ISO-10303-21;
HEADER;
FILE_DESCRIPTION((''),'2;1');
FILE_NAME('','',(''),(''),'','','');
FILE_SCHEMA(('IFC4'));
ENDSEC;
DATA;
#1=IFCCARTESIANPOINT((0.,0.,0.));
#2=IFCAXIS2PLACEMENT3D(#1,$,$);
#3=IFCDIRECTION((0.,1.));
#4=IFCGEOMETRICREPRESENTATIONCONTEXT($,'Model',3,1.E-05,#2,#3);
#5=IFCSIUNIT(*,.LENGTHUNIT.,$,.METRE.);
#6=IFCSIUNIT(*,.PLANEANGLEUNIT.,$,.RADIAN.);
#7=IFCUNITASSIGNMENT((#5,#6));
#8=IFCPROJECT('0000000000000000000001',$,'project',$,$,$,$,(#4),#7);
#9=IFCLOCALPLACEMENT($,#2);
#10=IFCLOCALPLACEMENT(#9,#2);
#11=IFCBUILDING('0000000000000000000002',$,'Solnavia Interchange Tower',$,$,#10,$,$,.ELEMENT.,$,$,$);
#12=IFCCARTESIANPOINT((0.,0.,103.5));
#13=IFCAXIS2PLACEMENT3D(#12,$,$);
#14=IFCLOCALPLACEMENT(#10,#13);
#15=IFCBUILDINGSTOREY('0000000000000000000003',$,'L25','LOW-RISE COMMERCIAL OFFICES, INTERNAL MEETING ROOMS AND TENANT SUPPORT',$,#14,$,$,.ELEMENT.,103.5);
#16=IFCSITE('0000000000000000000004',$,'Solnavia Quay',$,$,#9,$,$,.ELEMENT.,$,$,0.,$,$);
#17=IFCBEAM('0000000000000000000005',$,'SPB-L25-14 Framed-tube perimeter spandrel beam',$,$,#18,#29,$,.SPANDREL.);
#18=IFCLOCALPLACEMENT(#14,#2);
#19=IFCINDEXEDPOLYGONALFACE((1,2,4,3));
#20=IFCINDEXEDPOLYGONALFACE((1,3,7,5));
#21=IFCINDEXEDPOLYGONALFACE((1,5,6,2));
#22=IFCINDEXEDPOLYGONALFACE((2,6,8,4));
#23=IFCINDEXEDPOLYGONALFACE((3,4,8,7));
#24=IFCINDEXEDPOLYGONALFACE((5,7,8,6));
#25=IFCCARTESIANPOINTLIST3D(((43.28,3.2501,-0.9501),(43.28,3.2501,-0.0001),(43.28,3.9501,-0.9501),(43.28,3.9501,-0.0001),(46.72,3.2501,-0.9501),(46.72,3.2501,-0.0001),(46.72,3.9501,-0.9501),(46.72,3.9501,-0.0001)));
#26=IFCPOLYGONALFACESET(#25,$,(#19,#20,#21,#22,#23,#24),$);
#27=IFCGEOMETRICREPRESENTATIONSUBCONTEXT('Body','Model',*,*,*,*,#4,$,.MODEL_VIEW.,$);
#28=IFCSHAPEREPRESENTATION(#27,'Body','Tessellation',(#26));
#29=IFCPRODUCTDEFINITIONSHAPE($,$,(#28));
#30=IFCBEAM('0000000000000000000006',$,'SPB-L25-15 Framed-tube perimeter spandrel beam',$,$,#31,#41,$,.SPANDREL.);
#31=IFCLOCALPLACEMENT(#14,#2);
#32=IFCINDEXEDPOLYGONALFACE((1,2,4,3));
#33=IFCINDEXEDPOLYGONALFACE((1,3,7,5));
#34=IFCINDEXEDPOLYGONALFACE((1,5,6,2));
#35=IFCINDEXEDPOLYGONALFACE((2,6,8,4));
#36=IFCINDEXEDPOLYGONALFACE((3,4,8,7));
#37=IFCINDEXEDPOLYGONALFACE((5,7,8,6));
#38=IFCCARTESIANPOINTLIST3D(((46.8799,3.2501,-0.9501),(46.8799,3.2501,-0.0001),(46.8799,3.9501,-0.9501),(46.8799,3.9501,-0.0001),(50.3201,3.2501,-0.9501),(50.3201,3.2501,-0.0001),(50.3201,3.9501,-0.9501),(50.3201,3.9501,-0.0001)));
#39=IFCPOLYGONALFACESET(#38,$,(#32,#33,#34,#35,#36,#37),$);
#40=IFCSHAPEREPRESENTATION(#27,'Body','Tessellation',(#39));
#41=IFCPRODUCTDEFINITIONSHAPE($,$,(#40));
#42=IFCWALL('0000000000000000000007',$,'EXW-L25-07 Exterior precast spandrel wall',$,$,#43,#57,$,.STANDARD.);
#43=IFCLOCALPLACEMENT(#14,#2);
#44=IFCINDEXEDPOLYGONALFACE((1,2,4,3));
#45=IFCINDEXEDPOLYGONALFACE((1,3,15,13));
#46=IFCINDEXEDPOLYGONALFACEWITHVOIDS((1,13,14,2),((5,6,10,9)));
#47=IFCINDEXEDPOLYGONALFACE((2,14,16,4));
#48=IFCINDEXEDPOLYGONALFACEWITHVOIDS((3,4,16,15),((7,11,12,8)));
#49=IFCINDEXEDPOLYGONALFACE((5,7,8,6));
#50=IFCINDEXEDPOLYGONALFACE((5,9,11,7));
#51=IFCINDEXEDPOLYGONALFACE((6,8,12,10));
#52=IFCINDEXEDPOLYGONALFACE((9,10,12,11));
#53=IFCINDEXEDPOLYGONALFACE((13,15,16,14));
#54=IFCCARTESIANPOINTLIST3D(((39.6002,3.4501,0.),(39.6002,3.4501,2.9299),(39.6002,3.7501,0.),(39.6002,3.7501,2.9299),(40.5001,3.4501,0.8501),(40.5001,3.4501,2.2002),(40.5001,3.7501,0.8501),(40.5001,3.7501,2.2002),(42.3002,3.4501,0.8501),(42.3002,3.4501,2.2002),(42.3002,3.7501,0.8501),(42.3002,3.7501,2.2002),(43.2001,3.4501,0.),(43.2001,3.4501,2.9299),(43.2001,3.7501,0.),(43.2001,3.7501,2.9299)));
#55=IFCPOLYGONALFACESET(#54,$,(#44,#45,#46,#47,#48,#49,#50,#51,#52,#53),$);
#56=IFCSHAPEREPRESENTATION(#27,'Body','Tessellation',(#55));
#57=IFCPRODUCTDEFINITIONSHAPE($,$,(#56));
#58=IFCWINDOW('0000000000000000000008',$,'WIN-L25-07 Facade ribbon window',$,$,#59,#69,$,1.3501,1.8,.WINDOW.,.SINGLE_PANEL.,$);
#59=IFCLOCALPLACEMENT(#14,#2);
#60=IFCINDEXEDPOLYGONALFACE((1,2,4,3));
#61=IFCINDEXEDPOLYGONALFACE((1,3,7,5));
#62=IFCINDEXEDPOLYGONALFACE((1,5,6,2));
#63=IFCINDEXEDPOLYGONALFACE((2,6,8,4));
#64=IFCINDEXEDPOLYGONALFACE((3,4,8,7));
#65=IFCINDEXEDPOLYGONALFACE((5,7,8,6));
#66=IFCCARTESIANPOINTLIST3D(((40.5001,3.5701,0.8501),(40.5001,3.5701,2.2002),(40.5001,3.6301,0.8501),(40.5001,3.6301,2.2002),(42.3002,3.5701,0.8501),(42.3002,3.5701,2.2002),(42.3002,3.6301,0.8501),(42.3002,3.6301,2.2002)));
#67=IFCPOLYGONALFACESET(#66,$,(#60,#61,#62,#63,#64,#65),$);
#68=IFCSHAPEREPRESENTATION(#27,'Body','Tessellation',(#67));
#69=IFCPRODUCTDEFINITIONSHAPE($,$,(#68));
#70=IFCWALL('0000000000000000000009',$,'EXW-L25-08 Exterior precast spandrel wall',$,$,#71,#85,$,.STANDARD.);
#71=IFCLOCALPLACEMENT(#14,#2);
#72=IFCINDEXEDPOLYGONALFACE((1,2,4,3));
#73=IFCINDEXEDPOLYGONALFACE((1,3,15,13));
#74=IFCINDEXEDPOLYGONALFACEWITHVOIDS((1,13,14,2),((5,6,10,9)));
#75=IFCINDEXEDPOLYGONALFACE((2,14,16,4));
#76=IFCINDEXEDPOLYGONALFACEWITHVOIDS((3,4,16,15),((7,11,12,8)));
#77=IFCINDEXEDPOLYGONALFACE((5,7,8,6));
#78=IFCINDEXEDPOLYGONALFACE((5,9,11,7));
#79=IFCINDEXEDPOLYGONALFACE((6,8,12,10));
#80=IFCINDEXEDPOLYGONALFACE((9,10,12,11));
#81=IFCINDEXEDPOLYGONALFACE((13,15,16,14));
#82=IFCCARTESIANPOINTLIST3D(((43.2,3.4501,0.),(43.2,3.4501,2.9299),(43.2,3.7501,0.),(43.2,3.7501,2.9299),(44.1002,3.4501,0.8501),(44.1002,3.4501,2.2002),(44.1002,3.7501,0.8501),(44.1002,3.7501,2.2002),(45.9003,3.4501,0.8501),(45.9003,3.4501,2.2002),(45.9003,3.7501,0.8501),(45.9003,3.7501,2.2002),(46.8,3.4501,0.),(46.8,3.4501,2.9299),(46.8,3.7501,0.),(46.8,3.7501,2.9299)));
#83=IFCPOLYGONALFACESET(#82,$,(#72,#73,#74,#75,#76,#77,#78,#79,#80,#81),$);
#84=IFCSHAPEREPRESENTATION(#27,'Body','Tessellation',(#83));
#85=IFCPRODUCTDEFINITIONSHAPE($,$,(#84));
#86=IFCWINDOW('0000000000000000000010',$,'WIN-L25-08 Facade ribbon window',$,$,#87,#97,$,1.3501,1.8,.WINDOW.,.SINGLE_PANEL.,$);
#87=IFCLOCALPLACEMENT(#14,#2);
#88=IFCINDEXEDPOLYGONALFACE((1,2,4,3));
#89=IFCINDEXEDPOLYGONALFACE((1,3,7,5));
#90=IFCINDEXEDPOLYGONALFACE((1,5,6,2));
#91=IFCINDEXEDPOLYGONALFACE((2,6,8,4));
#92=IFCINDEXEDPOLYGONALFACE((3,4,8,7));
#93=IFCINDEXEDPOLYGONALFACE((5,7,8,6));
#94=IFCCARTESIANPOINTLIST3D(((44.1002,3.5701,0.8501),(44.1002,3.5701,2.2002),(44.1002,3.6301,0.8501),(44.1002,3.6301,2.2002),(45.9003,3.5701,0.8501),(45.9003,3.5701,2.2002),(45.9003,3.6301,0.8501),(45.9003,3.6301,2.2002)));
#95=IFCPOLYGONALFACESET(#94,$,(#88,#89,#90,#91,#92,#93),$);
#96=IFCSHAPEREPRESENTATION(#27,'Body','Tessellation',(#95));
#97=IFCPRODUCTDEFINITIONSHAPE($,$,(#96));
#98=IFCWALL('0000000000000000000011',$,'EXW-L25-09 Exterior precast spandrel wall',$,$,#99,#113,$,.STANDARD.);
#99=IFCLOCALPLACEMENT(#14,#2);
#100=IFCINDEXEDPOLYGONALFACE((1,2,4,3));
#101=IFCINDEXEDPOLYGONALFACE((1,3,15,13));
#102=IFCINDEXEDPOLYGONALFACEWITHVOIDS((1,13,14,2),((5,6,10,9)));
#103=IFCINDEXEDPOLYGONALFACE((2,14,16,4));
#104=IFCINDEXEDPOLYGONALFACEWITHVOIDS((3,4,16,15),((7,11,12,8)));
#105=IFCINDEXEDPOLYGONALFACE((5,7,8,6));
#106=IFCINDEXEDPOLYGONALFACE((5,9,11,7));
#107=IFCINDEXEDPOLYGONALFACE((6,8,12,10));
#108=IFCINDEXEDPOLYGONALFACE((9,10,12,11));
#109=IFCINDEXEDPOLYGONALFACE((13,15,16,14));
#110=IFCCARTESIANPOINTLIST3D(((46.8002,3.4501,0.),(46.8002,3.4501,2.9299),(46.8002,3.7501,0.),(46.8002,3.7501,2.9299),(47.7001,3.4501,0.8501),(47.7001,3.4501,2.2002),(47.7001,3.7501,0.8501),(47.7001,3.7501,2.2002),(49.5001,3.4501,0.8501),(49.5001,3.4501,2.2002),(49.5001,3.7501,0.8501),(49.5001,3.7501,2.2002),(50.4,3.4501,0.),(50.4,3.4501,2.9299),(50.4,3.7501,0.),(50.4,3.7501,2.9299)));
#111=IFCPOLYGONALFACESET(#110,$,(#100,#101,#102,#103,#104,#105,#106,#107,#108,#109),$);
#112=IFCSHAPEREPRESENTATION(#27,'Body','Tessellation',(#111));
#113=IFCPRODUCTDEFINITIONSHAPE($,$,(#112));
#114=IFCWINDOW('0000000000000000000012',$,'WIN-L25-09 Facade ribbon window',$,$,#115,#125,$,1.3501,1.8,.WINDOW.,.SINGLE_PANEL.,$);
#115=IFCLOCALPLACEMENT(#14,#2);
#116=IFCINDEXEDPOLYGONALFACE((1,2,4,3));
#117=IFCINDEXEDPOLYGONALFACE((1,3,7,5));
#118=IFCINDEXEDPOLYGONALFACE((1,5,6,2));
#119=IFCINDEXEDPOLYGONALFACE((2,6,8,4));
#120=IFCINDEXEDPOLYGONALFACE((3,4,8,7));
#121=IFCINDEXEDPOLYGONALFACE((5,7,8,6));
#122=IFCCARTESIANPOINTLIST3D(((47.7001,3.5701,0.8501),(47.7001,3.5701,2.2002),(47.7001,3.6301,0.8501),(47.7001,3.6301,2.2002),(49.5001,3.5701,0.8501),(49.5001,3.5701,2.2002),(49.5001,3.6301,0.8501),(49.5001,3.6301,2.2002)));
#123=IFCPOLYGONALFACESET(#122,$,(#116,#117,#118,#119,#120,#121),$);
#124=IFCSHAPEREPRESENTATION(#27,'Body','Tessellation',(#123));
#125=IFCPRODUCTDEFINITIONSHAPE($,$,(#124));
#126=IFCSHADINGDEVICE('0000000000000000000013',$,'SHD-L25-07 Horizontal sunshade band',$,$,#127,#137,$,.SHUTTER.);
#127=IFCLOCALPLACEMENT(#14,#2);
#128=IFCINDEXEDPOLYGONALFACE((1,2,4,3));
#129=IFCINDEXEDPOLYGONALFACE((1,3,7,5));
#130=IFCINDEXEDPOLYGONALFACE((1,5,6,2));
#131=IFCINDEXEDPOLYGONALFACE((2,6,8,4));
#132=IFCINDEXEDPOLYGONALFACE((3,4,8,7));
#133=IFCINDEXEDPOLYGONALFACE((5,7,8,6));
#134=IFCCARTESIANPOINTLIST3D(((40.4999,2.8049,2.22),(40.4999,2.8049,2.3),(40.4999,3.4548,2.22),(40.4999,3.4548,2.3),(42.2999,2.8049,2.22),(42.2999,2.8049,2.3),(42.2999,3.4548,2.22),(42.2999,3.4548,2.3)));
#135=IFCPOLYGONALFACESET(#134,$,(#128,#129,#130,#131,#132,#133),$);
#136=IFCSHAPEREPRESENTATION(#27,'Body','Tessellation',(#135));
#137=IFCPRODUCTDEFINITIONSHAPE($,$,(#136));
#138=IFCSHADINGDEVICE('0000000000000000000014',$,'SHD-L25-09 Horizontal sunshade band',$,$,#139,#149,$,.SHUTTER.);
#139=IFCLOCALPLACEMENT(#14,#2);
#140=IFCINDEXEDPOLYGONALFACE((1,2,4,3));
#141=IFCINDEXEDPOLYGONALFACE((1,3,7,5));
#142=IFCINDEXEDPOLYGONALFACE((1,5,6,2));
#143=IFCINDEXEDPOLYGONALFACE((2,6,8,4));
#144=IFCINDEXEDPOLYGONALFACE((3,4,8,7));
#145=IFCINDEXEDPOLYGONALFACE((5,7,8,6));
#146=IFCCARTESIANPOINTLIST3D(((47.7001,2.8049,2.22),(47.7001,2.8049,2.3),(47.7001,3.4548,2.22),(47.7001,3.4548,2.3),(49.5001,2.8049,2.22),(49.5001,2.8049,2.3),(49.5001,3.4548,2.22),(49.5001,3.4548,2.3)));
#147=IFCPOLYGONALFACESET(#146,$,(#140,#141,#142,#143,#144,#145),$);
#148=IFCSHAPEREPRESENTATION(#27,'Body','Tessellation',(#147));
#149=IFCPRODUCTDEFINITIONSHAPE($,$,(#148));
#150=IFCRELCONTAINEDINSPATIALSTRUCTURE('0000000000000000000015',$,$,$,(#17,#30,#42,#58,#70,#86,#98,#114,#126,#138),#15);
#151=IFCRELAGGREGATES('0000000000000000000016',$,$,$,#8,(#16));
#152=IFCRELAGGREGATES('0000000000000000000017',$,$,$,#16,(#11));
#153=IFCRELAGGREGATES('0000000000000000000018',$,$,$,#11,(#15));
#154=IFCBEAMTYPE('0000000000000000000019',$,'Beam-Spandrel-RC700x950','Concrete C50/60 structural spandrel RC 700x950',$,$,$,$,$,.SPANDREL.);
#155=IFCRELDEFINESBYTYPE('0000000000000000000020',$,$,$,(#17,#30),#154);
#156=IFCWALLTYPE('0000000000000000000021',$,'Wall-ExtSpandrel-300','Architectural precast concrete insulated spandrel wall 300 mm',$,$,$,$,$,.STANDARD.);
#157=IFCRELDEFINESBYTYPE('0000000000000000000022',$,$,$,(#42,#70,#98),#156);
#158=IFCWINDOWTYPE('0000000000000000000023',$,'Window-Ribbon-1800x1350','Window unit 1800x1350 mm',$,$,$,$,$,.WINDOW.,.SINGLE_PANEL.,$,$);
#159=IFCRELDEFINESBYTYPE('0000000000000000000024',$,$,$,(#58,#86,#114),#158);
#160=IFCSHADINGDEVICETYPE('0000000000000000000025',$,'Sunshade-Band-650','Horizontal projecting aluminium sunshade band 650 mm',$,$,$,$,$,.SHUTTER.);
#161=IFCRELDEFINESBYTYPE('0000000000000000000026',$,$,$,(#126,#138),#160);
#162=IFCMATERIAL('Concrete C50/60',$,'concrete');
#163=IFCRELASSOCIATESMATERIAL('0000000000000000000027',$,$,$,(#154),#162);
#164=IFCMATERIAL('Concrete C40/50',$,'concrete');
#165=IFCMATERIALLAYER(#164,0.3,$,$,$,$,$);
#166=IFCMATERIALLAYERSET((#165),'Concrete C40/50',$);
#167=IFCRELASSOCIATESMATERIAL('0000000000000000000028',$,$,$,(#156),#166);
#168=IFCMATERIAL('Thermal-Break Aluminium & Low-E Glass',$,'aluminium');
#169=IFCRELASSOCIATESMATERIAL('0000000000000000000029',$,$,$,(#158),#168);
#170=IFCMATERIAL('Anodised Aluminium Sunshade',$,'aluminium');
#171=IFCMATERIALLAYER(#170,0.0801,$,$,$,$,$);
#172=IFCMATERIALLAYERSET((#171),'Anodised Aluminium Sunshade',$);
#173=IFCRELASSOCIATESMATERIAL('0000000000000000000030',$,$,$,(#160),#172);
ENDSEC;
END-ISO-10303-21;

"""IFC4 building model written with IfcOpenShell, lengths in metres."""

from ifc_helpers import new_model, si_unit, direction, frame, frame_2d, origin, origin_2d, place, context, subcontext, project, spatial, rectangle, extrude, material, layer, layer_set, material_profile, profile_set, type_object, element, fill, save


model = new_model("IFC4")

# Units and contexts
model_context = context("Model", 3, precision=1e-05, world=origin(), true_north=direction((0.0, 1.0)))
body_context = subcontext(model_context, "Body", "Model", "MODEL_VIEW")
ifc_project = project(units=[si_unit("LENGTHUNIT", "METRE"), si_unit("PLANEANGLEUNIT", "RADIAN")], contexts=[model_context])

# Site, building, storey
site_placement = place(None, origin())
site = spatial("IfcSite", under=ifc_project, at=site_placement, Name="Solnavia Quay", CompositionType="ELEMENT", RefElevation=0.0)
building_placement = place(site_placement, origin())
building = spatial("IfcBuilding", under=site, at=building_placement, Name="Solnavia Interchange Tower", CompositionType="ELEMENT")
storey_placement = place(building_placement, frame((0.0, 0.0, 103.5)))
storey = spatial("IfcBuildingStorey", under=building, at=storey_placement, Name="L25", Description="LOW-RISE COMMERCIAL OFFICES, INTERNAL MEETING ROOMS AND TENANT SUPPORT", CompositionType="ELEMENT", Elevation=103.5)

# Shared definitions
ifc_material_1 = material(Name="Concrete C50/60", Category="concrete")

# Beams
ifc_material_profile_1 = material_profile(ifc_material_1, rectangle(XDim=0.7, YDim=0.95, at=origin_2d()), Name="RC 700x950")
ifc_profile_set_1 = profile_set([ifc_material_profile_1], Name="Concrete C50/60")
beam_type_1 = type_object("IfcBeamType", Name="Beam-Spandrel-RC700x950", Description="Concrete C50/60 structural spandrel RC 700x950", PredefinedType="SPANDREL", material=ifc_profile_set_1)
beam_1_placement = place(storey_placement, frame((43.28, 3.6001, -0.4751), z_axis=(1.0, 0.0, 0.0), x_axis=(0.0, 1.0, 0.0)))
element("IfcBeam", 1, at=beam_1_placement, inside=storey, type_object=beam_type_1, Name="SPB-L25-14 Framed-tube perimeter spandrel beam", PredefinedType="SPANDREL", context=body_context, shape_type="SweptSolid", body=[
    extrude(rectangle(XDim=0.7, YDim=0.95, at=origin_2d()), origin(), (0.0, 0.0, 1.0), 3.4399),
])
beam_2_placement = place(storey_placement, frame((46.8799, 3.6001, -0.4751), z_axis=(1.0, 0.0, 0.0), x_axis=(0.0, 1.0, 0.0)))
element("IfcBeam", 2, at=beam_2_placement, inside=storey, type_object=beam_type_1, Name="SPB-L25-15 Framed-tube perimeter spandrel beam", PredefinedType="SPANDREL", context=body_context, shape_type="SweptSolid", body=[
    extrude(rectangle(XDim=0.7, YDim=0.95, at=origin_2d()), origin(), (0.0, 0.0, 1.0), 3.4402),
])

# Walls, openings, windows
ifc_material_2 = material(Name="Concrete C40/50", Category="concrete")
ifc_layer_1 = layer(ifc_material_2, 0.3)
ifc_layer_set_1 = layer_set([ifc_layer_1], Name="Concrete C40/50")
wall_type = type_object("IfcWallType", Name="Wall-ExtSpandrel-300", Description="Architectural precast concrete insulated spandrel wall 300 mm", PredefinedType="STANDARD", material=ifc_layer_set_1)
wall_1_placement = place(storey_placement, frame((43.2, 3.6001, 0.0), z_axis=(0.0, 0.0, 1.0), x_axis=(-1.0, 0.0, 0.0)))
wall_1 = element("IfcWall", 3, at=wall_1_placement, inside=storey, type_object=wall_type, Name="EXW-L25-07 Exterior precast spandrel wall", PredefinedType="STANDARD", context=body_context, shape_type="SweptSolid", body=[
    extrude(rectangle(XDim=3.5999, YDim=0.3, at=frame_2d((1.7998, 0.0))), origin(), (0.0, 0.0, 1.0), 2.9299),
])
opening_1_placement = place(wall_1_placement, frame((0.8999, 0.0, 0.8501)))
opening_1 = element("IfcOpeningElement", 4, at=opening_1_placement, cuts=wall_1, PredefinedType="OPENING", context=body_context, shape_type="SweptSolid", body=[
    extrude(rectangle(XDim=1.8, YDim=1.3501, at=frame_2d((0.8999, 0.675))), frame((0.0, 0.1602, 0.0), z_axis=(0.0, -1.0, 0.0), x_axis=(1.0, 0.0, 0.0)), (0.0, 0.0, 1.0), 0.3201),
])
ifc_material_3 = material(Name="Thermal-Break Aluminium & Low-E Glass", Category="aluminium")
window_type = type_object("IfcWindowType", Name="Window-Ribbon-1800x1350", Description="Window unit 1800x1350 mm", PartitioningType="SINGLE_PANEL", PredefinedType="WINDOW", material=ifc_material_3)
window_1_placement = place(opening_1_placement, origin())
window_1 = element("IfcWindow", 5, at=window_1_placement, inside=storey, type_object=window_type, Name="WIN-L25-07 Facade ribbon window", OverallHeight=1.3501, OverallWidth=1.8, PartitioningType="SINGLE_PANEL", PredefinedType="WINDOW", context=body_context, shape_type="SweptSolid", body=[
    extrude(rectangle(XDim=1.8, YDim=1.3501, at=frame_2d((0.8999, 0.675))), frame((0.0, 0.03, 0.0), z_axis=(0.0, -1.0, 0.0), x_axis=(1.0, 0.0, 0.0)), (0.0, 0.0, 1.0), 0.0601),
])
fill(opening_1, window_1)
wall_2_placement = place(storey_placement, frame((46.8, 3.6001, 0.0), z_axis=(0.0, 0.0, 1.0), x_axis=(-1.0, 0.0, 0.0)))
wall_2 = element("IfcWall", 6, at=wall_2_placement, inside=storey, type_object=wall_type, Name="EXW-L25-08 Exterior precast spandrel wall", PredefinedType="STANDARD", context=body_context, shape_type="SweptSolid", body=[
    extrude(rectangle(XDim=3.6001, YDim=0.3, at=frame_2d((1.8, 0.0))), origin(), (0.0, 0.0, 1.0), 2.9299),
])
opening_2_placement = place(wall_2_placement, frame((0.8999, 0.0, 0.8501)))
opening_2 = element("IfcOpeningElement", 7, at=opening_2_placement, cuts=wall_2, PredefinedType="OPENING", context=body_context, shape_type="SweptSolid", body=[
    extrude(rectangle(XDim=1.8, YDim=1.3501, at=frame_2d((0.8999, 0.675))), frame((0.0, 0.1602, 0.0), z_axis=(0.0, -1.0, 0.0), x_axis=(1.0, 0.0, 0.0)), (0.0, 0.0, 1.0), 0.3201),
])
window_2_placement = place(opening_2_placement, origin())
window_2 = element("IfcWindow", 8, at=window_2_placement, inside=storey, type_object=window_type, Name="WIN-L25-08 Facade ribbon window", OverallHeight=1.3501, OverallWidth=1.8, PartitioningType="SINGLE_PANEL", PredefinedType="WINDOW", context=body_context, shape_type="SweptSolid", body=[
    extrude(rectangle(XDim=1.8, YDim=1.3501, at=frame_2d((0.8999, 0.675))), frame((0.0, 0.03, 0.0), z_axis=(0.0, -1.0, 0.0), x_axis=(1.0, 0.0, 0.0)), (0.0, 0.0, 1.0), 0.0601),
])
fill(opening_2, window_2)
wall_3_placement = place(storey_placement, frame((50.3999, 3.6001, 0.0), z_axis=(0.0, 0.0, 1.0), x_axis=(-1.0, 0.0, 0.0)))
wall_3 = element("IfcWall", 9, at=wall_3_placement, inside=storey, type_object=wall_type, Name="EXW-L25-09 Exterior precast spandrel wall", PredefinedType="STANDARD", context=body_context, shape_type="SweptSolid", body=[
    extrude(rectangle(XDim=3.5999, YDim=0.3, at=frame_2d((1.7998, 0.0))), origin(), (0.0, 0.0, 1.0), 2.9299),
])
opening_3_placement = place(wall_3_placement, frame((0.8999, 0.0, 0.8501)))
opening_3 = element("IfcOpeningElement", 10, at=opening_3_placement, cuts=wall_3, PredefinedType="OPENING", context=body_context, shape_type="SweptSolid", body=[
    extrude(rectangle(XDim=1.8, YDim=1.3501, at=frame_2d((0.8999, 0.675))), frame((0.0, 0.1602, 0.0), z_axis=(0.0, -1.0, 0.0), x_axis=(1.0, 0.0, 0.0)), (0.0, 0.0, 1.0), 0.3201),
])
window_3_placement = place(opening_3_placement, origin())
window_3 = element("IfcWindow", 11, at=window_3_placement, inside=storey, type_object=window_type, Name="WIN-L25-09 Facade ribbon window", OverallHeight=1.3501, OverallWidth=1.8, PartitioningType="SINGLE_PANEL", PredefinedType="WINDOW", context=body_context, shape_type="SweptSolid", body=[
    extrude(rectangle(XDim=1.8, YDim=1.3501, at=frame_2d((0.8999, 0.675))), frame((0.0, 0.03, 0.0), z_axis=(0.0, -1.0, 0.0), x_axis=(1.0, 0.0, 0.0)), (0.0, 0.0, 1.0), 0.0601),
])
fill(opening_3, window_3)

# Shading devices
ifc_material_4 = material(Name="Anodised Aluminium Sunshade", Category="aluminium")
ifc_layer_2 = layer(ifc_material_4, 0.0801)
ifc_layer_set_2 = layer_set([ifc_layer_2], Name="Anodised Aluminium Sunshade")
shading_device_type = type_object("IfcShadingDeviceType", Name="Sunshade-Band-650", Description="Horizontal projecting aluminium sunshade band 650 mm", PredefinedType="SHUTTER", material=ifc_layer_set_2)
for number, where, z_axis, x_axis, name in (
    (12, (41.3999, 3.1299, 2.22), (0.0, 0.0, 1.0), (-1.0, 0.0, 0.0), "SHD-L25-07 Horizontal sunshade band"),
    (13, (48.6001, 3.1299, 2.22), (0.0, 0.0, 1.0), (-1.0, 0.0, 0.0), "SHD-L25-09 Horizontal sunshade band"),
):
    element("IfcShadingDevice", number, at=place(storey_placement, frame(where, z_axis=z_axis, x_axis=x_axis)), inside=storey, type_object=shading_device_type, Name=name, PredefinedType="SHUTTER", context=body_context, shape_type="SweptSolid", body=[
        extrude(rectangle(XDim=1.8, YDim=0.6499, at=origin_2d()), origin(), (0.0, 0.0, 1.0), 0.0801),
    ])

save(model, "model.ifc")
